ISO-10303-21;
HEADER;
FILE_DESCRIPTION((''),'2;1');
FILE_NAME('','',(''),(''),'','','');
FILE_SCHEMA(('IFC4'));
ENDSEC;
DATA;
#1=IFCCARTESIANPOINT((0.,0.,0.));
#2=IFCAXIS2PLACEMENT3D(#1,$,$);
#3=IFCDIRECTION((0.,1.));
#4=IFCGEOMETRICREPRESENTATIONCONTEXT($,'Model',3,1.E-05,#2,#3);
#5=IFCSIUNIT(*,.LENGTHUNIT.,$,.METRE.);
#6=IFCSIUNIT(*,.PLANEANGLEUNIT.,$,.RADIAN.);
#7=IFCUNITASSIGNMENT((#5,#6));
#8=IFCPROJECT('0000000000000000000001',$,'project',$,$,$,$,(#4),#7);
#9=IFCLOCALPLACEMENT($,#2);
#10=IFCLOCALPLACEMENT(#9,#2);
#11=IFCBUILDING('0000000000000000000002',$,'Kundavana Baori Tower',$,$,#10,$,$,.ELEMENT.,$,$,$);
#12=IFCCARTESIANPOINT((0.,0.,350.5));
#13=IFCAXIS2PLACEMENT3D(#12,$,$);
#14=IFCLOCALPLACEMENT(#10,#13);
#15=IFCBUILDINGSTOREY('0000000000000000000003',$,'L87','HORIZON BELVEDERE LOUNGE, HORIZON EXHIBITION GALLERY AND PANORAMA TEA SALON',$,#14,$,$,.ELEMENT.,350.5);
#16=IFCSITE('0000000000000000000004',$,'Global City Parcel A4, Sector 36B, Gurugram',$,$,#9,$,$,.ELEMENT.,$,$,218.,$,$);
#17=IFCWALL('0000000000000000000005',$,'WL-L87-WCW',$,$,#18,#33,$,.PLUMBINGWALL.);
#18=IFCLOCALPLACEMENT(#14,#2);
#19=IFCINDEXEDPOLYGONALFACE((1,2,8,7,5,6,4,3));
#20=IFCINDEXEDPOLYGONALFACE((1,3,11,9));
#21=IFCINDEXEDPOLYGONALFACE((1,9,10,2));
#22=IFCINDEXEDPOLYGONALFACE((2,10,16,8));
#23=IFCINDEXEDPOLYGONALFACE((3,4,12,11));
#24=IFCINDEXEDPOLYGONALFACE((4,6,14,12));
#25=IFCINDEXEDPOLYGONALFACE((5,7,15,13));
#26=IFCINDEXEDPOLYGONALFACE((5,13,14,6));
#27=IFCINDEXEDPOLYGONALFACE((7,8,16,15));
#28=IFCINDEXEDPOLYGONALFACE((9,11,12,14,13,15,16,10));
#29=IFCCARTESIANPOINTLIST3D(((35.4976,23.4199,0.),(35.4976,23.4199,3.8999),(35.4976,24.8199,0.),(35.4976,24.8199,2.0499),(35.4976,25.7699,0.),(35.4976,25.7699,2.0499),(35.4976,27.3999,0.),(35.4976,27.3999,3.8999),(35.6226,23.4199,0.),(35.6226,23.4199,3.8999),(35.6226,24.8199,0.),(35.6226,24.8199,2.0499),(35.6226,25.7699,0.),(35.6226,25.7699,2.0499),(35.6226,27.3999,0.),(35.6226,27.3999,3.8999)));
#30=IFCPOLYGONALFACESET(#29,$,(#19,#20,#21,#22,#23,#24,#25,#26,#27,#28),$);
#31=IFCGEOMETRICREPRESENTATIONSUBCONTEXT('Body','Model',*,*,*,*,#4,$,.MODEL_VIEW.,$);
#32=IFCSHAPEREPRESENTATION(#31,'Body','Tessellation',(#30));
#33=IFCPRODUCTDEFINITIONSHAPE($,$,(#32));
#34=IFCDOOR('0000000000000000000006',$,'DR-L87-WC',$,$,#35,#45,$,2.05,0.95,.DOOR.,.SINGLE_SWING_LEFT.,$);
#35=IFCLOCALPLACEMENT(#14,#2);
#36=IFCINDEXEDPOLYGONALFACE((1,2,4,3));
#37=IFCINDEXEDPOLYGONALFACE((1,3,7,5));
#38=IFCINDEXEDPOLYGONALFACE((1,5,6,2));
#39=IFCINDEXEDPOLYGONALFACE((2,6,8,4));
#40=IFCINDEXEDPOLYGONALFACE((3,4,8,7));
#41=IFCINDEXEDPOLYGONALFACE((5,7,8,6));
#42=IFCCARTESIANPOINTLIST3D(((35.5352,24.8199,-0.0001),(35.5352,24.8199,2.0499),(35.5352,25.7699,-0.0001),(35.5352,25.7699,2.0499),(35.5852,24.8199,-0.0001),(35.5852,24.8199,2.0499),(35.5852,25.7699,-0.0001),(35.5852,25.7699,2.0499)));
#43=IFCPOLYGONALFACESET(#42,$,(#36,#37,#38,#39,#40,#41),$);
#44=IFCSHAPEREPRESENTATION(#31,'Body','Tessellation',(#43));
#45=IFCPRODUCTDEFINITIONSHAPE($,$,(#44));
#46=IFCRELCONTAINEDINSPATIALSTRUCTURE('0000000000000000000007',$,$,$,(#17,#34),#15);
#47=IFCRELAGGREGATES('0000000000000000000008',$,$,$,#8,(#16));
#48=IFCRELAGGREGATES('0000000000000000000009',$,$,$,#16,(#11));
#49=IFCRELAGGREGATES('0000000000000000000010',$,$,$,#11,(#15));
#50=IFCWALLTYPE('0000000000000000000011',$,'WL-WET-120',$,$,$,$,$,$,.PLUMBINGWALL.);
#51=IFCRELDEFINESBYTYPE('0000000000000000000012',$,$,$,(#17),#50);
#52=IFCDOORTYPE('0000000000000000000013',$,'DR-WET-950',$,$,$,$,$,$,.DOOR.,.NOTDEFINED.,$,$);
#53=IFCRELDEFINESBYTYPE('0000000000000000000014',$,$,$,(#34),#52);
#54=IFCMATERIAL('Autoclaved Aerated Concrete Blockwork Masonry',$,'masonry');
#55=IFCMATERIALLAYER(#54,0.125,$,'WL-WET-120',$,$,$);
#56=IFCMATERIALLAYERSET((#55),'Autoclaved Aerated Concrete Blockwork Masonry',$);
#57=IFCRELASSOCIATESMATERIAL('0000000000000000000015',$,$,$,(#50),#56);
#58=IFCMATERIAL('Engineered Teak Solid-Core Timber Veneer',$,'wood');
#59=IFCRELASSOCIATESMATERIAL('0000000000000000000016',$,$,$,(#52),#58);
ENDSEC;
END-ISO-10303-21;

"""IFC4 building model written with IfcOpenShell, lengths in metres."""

from ifc_helpers import new_model, si_unit, direction, frame, frame_2d, origin, place, context, subcontext, project, spatial, rectangle, extrude, material, layer, layer_set, type_object, element, fill, save


model = new_model("IFC4")

# Units and contexts
model_context = context("Model", 3, precision=1e-05, world=origin(), true_north=direction((0.0, 1.0)))
body_context = subcontext(model_context, "Body", "Model", "MODEL_VIEW")
ifc_project = project(units=[si_unit("LENGTHUNIT", "METRE"), si_unit("PLANEANGLEUNIT", "RADIAN")], contexts=[model_context])

# Site, building, storey
site_placement = place(None, origin())
site = spatial("IfcSite", under=ifc_project, at=site_placement, Name="Global City Parcel A4, Sector 36B, Gurugram", CompositionType="ELEMENT", RefElevation=218.0)
building_placement = place(site_placement, origin())
building = spatial("IfcBuilding", under=site, at=building_placement, Name="Kundavana Baori Tower", CompositionType="ELEMENT")
storey_placement = place(building_placement, frame((0.0, 0.0, 350.5)))
storey = spatial("IfcBuildingStorey", under=building, at=storey_placement, Name="L87", Description="HORIZON BELVEDERE LOUNGE, HORIZON EXHIBITION GALLERY AND PANORAMA TEA SALON", CompositionType="ELEMENT", Elevation=350.5)

# Shared definitions
ifc_material_1 = material(Name="Autoclaved Aerated Concrete Blockwork Masonry", Category="masonry")
ifc_layer_1 = layer(ifc_material_1, 0.125, Name="WL-WET-120")
ifc_layer_set_1 = layer_set([ifc_layer_1], Name="Autoclaved Aerated Concrete Blockwork Masonry")
wall_type_1 = type_object("IfcWallType", Name="WL-WET-120", PredefinedType="PLUMBINGWALL", material=ifc_layer_set_1)

# Wall, opening, door
wall_1_placement = place(storey_placement, frame((35.5601, 23.4199, 0.0), z_axis=(0.0, 0.0, 1.0), x_axis=(0.0, 1.0, 0.0)))
wall_1 = element("IfcWall", 1, at=wall_1_placement, inside=storey, type_object=wall_type_1, Name="WL-L87-WCW", PredefinedType="PLUMBINGWALL", context=body_context, shape_type="SweptSolid", body=[
    extrude(rectangle(XDim=3.98, YDim=0.125, at=frame_2d((1.99, 0.0))), origin(), (0.0, 0.0, 1.0), 3.8999),
])
opening_1_placement = place(wall_1_placement, frame((1.3999, 0.0, 0.0)))
opening_1 = element("IfcOpeningElement", 2, at=opening_1_placement, cuts=wall_1, PredefinedType="OPENING", context=body_context, shape_type="SweptSolid", body=[
    extrude(rectangle(XDim=0.95, YDim=2.05, at=frame_2d((0.4751, 1.0249))), frame((0.0, 0.0725, 0.0), z_axis=(0.0, -1.0, 0.0), x_axis=(1.0, 0.0, 0.0)), (0.0, 0.0, 1.0), 0.145),
])
ifc_material_2 = material(Name="Engineered Teak Solid-Core Timber Veneer", Category="wood")
door_type_1 = type_object("IfcDoorType", Name="DR-WET-950", OperationType="NOTDEFINED", PredefinedType="DOOR", material=ifc_material_2)
door_1_placement = place(opening_1_placement, origin())
door_1 = element("IfcDoor", 3, at=door_1_placement, inside=storey, type_object=door_type_1, Name="DR-L87-WC", OperationType="SINGLE_SWING_LEFT", OverallHeight=2.05, OverallWidth=0.95, PredefinedType="DOOR", context=body_context, shape_type="SweptSolid", body=[
    extrude(rectangle(XDim=0.95, YDim=2.05, at=frame_2d((0.4751, 1.0249))), frame((0.0, 0.0249, 0.0), z_axis=(0.0, -1.0, 0.0), x_axis=(1.0, 0.0, 0.0)), (0.0, 0.0, 1.0), 0.05),
])
fill(opening_1, door_1)

save(model, "model.ifc")
